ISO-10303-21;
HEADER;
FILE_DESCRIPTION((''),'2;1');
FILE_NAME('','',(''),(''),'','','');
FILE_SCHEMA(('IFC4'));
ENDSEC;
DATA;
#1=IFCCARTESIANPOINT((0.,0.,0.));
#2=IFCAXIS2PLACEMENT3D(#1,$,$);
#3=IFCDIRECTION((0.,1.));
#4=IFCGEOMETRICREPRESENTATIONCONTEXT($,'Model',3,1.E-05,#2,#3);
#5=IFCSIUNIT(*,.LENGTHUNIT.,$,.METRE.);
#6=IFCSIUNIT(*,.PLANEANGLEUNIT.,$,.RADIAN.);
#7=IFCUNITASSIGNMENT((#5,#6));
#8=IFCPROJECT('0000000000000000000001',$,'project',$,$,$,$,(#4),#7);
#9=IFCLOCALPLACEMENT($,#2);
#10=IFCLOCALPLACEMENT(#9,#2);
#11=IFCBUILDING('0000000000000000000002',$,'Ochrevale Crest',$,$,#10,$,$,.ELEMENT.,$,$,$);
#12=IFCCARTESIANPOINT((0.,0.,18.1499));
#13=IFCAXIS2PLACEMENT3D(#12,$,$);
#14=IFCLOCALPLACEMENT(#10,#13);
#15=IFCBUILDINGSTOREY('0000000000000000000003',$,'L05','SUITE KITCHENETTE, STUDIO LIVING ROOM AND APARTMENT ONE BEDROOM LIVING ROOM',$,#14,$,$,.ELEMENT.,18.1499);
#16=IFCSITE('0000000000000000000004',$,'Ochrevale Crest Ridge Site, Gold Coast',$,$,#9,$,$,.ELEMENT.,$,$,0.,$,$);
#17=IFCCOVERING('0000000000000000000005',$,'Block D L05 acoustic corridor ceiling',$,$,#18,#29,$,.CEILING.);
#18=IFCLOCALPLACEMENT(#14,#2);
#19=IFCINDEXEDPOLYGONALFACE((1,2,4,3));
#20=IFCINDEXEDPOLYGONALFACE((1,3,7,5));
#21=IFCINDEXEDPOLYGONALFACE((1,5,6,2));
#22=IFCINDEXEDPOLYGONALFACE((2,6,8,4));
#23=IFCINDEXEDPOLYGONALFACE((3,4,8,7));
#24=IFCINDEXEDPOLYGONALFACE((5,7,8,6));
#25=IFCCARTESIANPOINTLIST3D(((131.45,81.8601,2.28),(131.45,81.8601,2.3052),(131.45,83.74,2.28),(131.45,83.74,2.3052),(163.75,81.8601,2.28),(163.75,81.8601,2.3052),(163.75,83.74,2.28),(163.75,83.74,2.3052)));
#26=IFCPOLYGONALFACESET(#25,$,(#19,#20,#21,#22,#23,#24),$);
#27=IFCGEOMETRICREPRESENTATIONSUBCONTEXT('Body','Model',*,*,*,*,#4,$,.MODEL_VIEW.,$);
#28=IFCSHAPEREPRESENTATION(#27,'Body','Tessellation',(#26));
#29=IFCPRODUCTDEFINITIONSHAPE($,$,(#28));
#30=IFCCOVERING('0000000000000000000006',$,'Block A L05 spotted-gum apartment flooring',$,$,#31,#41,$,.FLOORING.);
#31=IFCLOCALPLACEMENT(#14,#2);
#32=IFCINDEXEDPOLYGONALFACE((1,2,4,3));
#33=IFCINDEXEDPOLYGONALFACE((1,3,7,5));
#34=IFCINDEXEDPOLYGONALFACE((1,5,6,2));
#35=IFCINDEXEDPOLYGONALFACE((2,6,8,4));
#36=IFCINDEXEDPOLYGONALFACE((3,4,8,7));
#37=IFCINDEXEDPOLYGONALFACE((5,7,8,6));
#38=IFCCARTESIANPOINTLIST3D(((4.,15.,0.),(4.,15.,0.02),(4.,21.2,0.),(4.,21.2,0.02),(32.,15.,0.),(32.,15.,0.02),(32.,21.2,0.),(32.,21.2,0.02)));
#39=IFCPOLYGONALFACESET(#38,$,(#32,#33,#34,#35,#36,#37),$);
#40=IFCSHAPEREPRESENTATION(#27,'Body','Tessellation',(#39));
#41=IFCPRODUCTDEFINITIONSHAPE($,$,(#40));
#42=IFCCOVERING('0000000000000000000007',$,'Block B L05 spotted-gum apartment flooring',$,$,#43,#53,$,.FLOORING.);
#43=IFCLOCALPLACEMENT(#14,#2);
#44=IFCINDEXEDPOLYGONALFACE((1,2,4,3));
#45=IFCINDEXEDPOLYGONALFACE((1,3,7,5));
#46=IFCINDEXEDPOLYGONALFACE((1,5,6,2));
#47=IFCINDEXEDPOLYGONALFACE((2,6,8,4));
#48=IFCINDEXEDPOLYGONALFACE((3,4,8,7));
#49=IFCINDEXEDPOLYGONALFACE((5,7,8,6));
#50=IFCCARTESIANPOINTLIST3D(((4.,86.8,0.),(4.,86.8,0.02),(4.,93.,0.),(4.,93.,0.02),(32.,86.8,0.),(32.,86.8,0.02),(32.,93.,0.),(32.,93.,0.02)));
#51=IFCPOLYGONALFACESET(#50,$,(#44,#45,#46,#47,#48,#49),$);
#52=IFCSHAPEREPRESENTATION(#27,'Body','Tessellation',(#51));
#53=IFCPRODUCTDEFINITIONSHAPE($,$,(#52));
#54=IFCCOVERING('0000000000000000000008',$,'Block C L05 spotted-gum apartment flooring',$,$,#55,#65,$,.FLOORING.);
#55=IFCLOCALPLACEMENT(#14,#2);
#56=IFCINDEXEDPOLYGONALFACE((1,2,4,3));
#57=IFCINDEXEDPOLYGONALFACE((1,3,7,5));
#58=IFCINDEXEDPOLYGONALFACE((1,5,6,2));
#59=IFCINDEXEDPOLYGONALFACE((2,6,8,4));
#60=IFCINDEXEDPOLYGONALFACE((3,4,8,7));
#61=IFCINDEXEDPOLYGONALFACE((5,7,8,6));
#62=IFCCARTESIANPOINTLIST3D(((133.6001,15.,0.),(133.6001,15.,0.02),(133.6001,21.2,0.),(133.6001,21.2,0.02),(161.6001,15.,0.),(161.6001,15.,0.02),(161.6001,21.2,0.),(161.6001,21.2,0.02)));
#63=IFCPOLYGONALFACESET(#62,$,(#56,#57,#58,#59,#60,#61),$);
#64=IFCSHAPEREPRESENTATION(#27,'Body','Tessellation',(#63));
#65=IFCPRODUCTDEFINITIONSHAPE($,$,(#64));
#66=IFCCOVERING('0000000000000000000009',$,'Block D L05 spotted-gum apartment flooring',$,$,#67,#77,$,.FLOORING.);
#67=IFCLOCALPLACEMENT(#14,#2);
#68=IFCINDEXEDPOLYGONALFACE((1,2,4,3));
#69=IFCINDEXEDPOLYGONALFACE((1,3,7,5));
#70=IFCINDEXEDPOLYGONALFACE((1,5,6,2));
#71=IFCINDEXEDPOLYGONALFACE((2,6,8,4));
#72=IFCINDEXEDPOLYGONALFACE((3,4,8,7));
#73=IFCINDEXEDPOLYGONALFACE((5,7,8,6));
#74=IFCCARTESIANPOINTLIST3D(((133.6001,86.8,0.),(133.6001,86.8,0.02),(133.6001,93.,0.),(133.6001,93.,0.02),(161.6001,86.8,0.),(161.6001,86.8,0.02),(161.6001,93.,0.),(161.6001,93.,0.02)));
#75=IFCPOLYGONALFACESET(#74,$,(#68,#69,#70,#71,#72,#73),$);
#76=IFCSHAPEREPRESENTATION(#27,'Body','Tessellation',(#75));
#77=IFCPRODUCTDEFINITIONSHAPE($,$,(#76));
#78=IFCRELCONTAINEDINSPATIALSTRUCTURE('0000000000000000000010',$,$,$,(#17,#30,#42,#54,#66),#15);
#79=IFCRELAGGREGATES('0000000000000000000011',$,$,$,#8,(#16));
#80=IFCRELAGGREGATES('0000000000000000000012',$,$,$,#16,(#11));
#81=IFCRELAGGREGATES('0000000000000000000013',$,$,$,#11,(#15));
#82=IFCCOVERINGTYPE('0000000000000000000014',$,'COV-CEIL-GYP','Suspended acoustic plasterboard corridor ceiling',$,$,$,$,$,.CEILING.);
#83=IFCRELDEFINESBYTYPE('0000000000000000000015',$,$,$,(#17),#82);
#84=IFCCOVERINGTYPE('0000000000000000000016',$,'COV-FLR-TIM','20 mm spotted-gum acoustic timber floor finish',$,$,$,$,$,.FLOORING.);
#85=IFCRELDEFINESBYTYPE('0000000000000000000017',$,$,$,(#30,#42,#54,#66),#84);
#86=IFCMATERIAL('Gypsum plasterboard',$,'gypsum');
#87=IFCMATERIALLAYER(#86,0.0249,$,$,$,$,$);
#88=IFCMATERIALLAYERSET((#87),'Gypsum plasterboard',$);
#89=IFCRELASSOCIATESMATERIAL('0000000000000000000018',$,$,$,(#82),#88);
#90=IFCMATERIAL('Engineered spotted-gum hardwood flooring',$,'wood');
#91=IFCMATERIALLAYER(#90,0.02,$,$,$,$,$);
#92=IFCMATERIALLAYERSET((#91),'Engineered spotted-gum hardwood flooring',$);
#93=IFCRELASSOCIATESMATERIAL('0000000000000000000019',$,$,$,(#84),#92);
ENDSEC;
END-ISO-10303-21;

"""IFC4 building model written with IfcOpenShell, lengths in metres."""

from ifc_helpers import new_model, si_unit, direction, frame, origin, place, context, subcontext, project, spatial, polyline, outline, extrude, material, layer, layer_set, type_object, element, save


model = new_model("IFC4")

# Units and contexts
model_context = context("Model", 3, precision=1e-05, world=origin(), true_north=direction((0.0, 1.0)))
body_context = subcontext(model_context, "Body", "Model", "MODEL_VIEW")
ifc_project = project(units=[si_unit("LENGTHUNIT", "METRE"), si_unit("PLANEANGLEUNIT", "RADIAN")], contexts=[model_context])

# Site, building, storey
site_placement = place(None, origin())
site = spatial("IfcSite", under=ifc_project, at=site_placement, Name="Ochrevale Crest Ridge Site, Gold Coast", CompositionType="ELEMENT", RefElevation=0.0)
building_placement = place(site_placement, origin())
building = spatial("IfcBuilding", under=site, at=building_placement, Name="Ochrevale Crest", CompositionType="ELEMENT")
storey_placement = place(building_placement, frame((0.0, 0.0, 18.1499)))
storey = spatial("IfcBuildingStorey", under=building, at=storey_placement, Name="L05", Description="SUITE KITCHENETTE, STUDIO LIVING ROOM AND APARTMENT ONE BEDROOM LIVING ROOM", CompositionType="ELEMENT", Elevation=18.1499)

# Coverings
ifc_material_1 = material(Name="Gypsum plasterboard", Category="gypsum")
ifc_layer_1 = layer(ifc_material_1, 0.0249)
ifc_layer_set_1 = layer_set([ifc_layer_1], Name="Gypsum plasterboard")
covering_type_1 = type_object("IfcCoveringType", Name="COV-CEIL-GYP", Description="Suspended acoustic plasterboard corridor ceiling", PredefinedType="CEILING", material=ifc_layer_set_1)
covering_1_placement = place(storey_placement, frame((0.0, 0.0, 2.28)))
element("IfcCovering", 1, at=covering_1_placement, inside=storey, type_object=covering_type_1, Name="Block D L05 acoustic corridor ceiling", PredefinedType="CEILING", context=body_context, shape_type="SweptSolid", body=[
    extrude(outline(polyline([(131.45, 81.8601), (163.75, 81.8601), (163.75, 83.74), (131.45, 83.74), (131.45, 81.8601)])), origin(), (0.0, 0.0, 1.0), 0.0251),
])
ifc_material_2 = material(Name="Engineered spotted-gum hardwood flooring", Category="wood")
ifc_layer_2 = layer(ifc_material_2, 0.02)
ifc_layer_set_2 = layer_set([ifc_layer_2], Name="Engineered spotted-gum hardwood flooring")
covering_type_2 = type_object("IfcCoveringType", Name="COV-FLR-TIM", Description="20 mm spotted-gum acoustic timber floor finish", PredefinedType="FLOORING", material=ifc_layer_set_2)
covering_2_placement = place(storey_placement, origin())
element("IfcCovering", 2, at=covering_2_placement, inside=storey, type_object=covering_type_2, Name="Block A L05 spotted-gum apartment flooring", PredefinedType="FLOORING", context=body_context, shape_type="SweptSolid", body=[
    extrude(outline(polyline([(4.0, 15.0), (32.0, 15.0), (32.0, 21.2), (4.0, 21.2), (4.0, 15.0)])), origin(), (0.0, 0.0, 1.0), 0.02),
])
covering_3_placement = place(storey_placement, origin())
element("IfcCovering", 3, at=covering_3_placement, inside=storey, type_object=covering_type_2, Name="Block B L05 spotted-gum apartment flooring", PredefinedType="FLOORING", context=body_context, shape_type="SweptSolid", body=[
    extrude(outline(polyline([(4.0, 86.8), (32.0, 86.8), (32.0, 93.0), (4.0, 93.0), (4.0, 86.8)])), origin(), (0.0, 0.0, 1.0), 0.02),
])
covering_4_placement = place(storey_placement, origin())
element("IfcCovering", 4, at=covering_4_placement, inside=storey, type_object=covering_type_2, Name="Block C L05 spotted-gum apartment flooring", PredefinedType="FLOORING", context=body_context, shape_type="SweptSolid", body=[
    extrude(outline(polyline([(133.6001, 15.0), (161.6001, 15.0), (161.6001, 21.2), (133.6001, 21.2), (133.6001, 15.0)])), origin(), (0.0, 0.0, 1.0), 0.02),
])
covering_5_placement = place(storey_placement, origin())
element("IfcCovering", 5, at=covering_5_placement, inside=storey, type_object=covering_type_2, Name="Block D L05 spotted-gum apartment flooring", PredefinedType="FLOORING", context=body_context, shape_type="SweptSolid", body=[
    extrude(outline(polyline([(133.6001, 86.8), (161.6001, 86.8), (161.6001, 93.0), (133.6001, 93.0), (133.6001, 86.8)])), origin(), (0.0, 0.0, 1.0), 0.02),
])

save(model, "model.ifc")
